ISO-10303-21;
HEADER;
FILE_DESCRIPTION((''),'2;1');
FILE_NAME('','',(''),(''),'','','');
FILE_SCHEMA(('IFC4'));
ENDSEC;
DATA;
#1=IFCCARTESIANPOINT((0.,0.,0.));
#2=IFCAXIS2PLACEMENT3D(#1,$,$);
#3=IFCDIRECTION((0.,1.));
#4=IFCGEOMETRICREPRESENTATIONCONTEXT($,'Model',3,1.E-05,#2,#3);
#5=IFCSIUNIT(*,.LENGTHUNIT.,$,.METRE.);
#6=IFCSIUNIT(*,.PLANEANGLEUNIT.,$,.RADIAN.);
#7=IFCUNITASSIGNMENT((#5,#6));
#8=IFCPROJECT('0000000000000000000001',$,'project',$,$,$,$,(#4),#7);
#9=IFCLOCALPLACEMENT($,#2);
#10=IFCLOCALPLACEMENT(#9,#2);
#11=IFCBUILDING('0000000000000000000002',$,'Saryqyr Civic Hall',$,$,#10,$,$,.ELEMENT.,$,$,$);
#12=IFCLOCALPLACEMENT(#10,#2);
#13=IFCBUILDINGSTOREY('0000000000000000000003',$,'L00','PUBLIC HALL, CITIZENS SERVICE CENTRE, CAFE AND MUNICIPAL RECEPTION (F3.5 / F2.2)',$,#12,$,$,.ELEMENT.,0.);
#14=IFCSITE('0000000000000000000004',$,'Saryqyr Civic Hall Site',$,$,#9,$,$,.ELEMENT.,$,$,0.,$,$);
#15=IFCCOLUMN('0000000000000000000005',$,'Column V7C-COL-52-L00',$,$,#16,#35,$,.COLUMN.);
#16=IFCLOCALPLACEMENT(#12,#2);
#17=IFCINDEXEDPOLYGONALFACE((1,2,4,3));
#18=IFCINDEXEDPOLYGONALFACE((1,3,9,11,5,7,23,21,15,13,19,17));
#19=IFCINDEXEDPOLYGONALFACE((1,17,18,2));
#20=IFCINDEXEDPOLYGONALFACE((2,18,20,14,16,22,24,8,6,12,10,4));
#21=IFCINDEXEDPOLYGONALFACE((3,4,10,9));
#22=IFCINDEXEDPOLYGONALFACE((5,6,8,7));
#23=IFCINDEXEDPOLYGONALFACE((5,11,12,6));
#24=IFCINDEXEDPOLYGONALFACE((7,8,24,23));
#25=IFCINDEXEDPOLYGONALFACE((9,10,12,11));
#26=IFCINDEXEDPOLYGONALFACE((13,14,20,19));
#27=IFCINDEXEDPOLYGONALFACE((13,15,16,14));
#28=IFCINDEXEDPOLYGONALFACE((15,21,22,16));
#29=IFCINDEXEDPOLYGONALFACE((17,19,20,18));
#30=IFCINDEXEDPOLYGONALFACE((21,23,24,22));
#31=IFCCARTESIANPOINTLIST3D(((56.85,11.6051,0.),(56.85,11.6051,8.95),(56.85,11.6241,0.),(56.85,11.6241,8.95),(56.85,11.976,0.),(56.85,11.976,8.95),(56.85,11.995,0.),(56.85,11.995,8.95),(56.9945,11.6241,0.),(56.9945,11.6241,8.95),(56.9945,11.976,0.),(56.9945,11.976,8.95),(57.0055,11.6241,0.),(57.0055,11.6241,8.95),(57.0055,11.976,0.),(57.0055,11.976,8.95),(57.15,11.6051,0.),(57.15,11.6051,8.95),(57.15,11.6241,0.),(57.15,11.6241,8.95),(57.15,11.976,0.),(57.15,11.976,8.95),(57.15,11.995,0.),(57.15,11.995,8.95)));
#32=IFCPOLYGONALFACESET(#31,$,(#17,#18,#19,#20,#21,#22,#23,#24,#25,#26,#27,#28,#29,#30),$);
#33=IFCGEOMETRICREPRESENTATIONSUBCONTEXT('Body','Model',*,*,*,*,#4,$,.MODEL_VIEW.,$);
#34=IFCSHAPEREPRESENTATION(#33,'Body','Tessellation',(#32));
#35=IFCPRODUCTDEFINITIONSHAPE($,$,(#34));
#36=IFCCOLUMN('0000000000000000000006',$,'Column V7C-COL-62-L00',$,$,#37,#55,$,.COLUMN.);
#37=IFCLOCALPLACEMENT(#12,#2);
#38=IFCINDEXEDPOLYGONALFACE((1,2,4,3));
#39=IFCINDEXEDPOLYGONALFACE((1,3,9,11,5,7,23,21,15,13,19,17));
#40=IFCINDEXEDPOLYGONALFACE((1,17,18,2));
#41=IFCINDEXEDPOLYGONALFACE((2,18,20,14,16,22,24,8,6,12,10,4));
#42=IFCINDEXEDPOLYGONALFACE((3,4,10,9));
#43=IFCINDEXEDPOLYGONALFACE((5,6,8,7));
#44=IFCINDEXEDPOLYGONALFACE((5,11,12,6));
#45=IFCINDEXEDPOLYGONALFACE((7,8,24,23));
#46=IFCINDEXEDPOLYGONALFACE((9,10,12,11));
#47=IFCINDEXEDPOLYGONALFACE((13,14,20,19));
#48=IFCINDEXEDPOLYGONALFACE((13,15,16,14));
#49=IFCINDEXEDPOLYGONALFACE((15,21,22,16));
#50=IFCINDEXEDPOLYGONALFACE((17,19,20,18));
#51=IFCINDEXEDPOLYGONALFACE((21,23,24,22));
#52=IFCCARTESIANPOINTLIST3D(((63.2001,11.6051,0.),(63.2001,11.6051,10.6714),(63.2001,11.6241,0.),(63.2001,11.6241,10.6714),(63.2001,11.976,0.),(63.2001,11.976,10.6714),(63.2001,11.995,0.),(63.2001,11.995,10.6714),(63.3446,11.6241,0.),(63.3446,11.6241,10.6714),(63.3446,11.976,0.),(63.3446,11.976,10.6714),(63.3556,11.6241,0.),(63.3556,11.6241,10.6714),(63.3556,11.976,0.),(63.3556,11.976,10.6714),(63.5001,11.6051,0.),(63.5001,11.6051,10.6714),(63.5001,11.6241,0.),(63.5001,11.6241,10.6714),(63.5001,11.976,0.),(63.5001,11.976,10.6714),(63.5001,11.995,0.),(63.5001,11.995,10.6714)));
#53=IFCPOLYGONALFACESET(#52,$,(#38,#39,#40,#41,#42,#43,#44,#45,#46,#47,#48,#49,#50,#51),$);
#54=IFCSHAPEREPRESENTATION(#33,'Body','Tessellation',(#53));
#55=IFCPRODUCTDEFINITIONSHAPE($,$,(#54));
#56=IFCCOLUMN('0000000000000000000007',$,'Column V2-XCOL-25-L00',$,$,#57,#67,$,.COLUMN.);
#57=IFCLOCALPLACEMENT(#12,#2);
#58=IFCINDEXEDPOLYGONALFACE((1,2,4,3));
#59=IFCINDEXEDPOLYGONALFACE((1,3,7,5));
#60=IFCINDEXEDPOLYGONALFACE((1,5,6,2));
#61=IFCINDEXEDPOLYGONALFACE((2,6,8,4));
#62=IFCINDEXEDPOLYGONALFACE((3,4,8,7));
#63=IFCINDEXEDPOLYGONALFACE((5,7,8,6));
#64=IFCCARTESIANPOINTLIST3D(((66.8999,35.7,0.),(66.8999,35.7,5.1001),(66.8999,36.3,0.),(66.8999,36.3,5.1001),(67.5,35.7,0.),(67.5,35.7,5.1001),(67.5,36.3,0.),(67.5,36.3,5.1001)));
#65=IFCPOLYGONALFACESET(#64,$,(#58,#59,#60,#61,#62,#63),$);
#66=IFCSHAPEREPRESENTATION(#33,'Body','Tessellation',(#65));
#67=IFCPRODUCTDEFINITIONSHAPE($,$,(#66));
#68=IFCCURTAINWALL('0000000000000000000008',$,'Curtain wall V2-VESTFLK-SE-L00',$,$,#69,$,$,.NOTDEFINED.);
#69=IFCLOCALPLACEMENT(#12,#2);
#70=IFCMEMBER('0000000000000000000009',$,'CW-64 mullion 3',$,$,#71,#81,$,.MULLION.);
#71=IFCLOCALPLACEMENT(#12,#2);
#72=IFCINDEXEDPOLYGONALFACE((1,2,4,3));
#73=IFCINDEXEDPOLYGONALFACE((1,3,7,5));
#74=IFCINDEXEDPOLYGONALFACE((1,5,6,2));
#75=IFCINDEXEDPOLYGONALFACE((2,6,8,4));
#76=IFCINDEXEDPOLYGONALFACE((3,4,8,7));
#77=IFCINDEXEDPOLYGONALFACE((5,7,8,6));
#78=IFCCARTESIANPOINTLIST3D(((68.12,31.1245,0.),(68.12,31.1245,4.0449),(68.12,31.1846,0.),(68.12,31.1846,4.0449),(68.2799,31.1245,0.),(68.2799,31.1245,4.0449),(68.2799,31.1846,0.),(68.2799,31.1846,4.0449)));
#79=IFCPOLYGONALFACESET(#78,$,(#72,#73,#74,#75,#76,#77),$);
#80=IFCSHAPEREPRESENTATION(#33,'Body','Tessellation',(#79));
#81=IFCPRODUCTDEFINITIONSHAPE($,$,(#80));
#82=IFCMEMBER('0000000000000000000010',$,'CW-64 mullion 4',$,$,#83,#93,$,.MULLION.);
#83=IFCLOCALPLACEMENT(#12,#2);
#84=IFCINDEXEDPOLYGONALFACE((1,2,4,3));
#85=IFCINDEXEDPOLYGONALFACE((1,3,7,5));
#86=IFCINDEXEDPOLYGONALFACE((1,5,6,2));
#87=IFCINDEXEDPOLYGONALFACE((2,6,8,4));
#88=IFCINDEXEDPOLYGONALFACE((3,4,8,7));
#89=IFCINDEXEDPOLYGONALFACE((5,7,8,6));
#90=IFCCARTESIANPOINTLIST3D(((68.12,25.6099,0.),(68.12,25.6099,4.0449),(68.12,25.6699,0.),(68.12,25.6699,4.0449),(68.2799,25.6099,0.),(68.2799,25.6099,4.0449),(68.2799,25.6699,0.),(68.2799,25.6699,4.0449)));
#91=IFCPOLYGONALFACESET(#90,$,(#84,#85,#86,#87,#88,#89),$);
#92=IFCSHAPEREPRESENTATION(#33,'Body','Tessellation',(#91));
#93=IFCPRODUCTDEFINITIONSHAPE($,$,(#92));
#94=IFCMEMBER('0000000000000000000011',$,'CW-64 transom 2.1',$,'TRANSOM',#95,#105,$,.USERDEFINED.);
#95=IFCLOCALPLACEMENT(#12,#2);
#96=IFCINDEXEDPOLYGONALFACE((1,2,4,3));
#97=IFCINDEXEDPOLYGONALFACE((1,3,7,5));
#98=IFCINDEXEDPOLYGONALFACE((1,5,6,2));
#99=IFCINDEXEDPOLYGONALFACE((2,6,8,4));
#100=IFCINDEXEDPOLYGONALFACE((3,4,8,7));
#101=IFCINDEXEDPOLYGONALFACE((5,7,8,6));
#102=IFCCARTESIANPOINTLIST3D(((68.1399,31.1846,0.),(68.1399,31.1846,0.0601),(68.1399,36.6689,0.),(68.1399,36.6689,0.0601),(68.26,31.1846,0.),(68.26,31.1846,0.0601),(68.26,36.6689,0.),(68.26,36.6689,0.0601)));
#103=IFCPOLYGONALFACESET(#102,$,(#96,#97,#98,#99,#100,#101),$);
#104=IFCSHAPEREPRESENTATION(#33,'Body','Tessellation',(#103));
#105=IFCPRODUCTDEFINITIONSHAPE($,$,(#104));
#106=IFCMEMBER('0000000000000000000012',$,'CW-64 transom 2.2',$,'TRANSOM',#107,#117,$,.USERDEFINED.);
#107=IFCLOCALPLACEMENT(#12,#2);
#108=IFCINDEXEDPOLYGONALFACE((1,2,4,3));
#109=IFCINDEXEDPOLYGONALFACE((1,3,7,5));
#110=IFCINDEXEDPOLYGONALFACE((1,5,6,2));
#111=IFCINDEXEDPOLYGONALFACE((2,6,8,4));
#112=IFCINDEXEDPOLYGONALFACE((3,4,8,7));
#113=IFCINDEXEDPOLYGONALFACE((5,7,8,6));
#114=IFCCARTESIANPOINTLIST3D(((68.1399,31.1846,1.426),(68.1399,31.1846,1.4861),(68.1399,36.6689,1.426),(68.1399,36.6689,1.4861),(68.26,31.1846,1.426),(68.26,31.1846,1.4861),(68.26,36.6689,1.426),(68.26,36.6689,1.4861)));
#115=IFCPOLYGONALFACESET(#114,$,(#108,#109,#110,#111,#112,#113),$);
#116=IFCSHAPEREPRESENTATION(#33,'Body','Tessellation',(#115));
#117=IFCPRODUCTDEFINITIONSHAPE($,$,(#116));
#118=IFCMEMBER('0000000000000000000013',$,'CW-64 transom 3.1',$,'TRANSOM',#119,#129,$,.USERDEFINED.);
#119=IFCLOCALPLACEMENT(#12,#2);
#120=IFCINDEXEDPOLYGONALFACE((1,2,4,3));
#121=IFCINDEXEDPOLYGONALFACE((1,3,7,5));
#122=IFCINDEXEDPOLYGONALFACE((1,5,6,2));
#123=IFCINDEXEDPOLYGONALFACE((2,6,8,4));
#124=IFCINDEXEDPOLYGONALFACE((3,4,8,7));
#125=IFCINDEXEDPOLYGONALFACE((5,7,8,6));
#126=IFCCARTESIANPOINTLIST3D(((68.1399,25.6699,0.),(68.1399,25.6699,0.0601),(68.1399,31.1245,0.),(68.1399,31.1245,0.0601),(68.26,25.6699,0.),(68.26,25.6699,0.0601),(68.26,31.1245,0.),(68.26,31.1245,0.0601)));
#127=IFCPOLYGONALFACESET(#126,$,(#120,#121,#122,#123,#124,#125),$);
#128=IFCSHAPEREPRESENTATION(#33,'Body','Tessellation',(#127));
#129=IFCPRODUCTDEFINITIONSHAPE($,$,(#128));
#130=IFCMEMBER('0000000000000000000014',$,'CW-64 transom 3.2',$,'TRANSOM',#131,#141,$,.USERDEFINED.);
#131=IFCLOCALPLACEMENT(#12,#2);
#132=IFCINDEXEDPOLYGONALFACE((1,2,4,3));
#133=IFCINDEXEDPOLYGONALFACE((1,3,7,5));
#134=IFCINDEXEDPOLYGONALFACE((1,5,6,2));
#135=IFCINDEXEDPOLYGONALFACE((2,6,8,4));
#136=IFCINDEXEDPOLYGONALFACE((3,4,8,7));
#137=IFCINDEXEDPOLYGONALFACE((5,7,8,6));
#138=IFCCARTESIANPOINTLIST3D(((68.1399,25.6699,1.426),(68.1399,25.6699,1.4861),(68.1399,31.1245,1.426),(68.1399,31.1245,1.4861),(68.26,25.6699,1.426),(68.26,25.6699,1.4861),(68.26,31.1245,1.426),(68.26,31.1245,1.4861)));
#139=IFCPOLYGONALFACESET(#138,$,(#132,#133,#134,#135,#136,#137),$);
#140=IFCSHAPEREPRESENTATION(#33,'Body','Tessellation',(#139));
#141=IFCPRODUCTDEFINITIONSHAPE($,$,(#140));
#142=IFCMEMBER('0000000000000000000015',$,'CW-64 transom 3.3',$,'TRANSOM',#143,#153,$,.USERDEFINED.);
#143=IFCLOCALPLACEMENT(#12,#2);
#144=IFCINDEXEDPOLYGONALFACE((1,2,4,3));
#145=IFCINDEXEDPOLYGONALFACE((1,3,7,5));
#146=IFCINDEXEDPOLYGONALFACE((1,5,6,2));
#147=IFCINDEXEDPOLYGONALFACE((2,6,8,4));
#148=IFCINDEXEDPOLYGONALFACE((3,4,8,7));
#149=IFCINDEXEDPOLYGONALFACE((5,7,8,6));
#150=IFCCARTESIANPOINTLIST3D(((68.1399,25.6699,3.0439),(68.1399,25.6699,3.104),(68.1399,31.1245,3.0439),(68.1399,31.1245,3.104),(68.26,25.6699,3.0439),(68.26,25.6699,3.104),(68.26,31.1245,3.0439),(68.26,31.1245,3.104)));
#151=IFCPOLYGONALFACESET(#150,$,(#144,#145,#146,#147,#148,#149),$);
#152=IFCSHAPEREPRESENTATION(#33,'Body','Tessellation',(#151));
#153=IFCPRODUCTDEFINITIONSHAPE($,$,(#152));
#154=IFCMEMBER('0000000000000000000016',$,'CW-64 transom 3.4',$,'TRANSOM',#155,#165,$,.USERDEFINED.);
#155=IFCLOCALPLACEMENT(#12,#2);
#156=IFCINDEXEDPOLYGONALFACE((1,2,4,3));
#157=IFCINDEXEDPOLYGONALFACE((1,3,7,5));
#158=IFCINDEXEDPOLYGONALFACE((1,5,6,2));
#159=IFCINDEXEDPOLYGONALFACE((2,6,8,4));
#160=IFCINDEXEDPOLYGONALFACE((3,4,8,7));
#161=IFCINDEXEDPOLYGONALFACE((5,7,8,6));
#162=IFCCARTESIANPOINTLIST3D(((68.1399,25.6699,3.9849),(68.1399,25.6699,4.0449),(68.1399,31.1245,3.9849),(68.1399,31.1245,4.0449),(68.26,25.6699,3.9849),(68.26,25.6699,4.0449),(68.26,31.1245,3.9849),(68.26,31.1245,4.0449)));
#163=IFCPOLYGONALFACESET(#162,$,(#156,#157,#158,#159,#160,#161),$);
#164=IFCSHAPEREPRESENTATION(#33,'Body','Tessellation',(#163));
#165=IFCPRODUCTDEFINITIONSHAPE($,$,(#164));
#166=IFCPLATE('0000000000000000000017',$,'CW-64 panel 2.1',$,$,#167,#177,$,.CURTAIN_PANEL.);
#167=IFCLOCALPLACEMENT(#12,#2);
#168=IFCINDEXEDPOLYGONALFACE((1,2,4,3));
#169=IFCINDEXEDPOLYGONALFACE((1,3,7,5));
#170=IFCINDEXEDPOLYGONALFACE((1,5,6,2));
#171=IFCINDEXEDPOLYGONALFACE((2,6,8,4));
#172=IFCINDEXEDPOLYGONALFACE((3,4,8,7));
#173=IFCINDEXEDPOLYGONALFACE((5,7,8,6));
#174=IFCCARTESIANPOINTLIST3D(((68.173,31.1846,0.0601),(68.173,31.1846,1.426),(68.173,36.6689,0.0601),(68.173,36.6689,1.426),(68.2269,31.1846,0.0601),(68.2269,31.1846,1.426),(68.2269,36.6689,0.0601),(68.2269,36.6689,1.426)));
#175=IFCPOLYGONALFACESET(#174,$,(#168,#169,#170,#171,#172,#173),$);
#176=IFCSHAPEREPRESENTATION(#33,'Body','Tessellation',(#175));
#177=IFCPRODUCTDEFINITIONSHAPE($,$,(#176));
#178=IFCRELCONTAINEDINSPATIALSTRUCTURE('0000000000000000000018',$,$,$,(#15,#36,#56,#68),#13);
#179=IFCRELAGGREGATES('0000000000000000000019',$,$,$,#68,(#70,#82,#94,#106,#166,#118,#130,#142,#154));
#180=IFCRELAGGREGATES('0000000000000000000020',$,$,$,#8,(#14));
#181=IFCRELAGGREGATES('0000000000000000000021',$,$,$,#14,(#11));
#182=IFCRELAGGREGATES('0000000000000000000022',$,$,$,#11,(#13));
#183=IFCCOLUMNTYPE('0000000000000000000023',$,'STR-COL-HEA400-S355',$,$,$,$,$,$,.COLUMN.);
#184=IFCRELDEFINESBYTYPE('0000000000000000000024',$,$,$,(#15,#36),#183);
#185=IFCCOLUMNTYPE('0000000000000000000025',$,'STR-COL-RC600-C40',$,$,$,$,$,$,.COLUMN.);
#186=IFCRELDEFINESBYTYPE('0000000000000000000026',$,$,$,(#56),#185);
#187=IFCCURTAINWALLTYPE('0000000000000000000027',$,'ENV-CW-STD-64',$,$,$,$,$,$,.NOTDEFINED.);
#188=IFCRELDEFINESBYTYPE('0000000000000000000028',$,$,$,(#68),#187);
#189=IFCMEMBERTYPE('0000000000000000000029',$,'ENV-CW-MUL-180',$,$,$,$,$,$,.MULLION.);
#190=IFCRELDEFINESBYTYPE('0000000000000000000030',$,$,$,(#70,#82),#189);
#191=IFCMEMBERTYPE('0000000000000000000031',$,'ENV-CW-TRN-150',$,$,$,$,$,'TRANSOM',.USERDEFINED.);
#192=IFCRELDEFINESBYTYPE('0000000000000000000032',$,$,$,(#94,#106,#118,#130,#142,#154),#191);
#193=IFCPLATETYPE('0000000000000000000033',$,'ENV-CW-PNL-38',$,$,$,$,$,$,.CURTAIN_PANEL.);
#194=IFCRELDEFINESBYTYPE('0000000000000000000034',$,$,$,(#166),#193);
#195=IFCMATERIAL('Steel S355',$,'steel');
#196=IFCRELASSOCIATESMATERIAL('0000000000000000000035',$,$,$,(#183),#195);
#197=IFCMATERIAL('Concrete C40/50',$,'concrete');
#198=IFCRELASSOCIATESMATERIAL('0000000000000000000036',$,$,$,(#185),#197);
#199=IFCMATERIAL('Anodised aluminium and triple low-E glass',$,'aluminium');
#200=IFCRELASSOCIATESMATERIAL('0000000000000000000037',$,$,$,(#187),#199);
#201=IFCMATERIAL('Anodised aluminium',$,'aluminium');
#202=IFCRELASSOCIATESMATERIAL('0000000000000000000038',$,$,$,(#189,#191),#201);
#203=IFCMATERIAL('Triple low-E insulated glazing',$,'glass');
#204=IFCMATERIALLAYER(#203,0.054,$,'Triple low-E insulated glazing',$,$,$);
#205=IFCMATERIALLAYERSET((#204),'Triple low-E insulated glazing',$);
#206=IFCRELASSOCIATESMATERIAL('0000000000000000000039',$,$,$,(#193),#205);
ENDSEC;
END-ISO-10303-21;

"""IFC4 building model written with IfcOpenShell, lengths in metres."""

from ifc_helpers import new_model, si_unit, direction, frame, origin, origin_2d, place, context, subcontext, project, spatial, rectangle, i_section, extrude, material, layer, layer_set, material_profile, profile_set, type_object, element, aggregate, save


model = new_model("IFC4")

# Units and contexts
model_context = context("Model", 3, precision=1e-05, world=origin(), true_north=direction((0.0, 1.0)))
body_context = subcontext(model_context, "Body", "Model", "MODEL_VIEW")
ifc_project = project(units=[si_unit("LENGTHUNIT", "METRE"), si_unit("PLANEANGLEUNIT", "RADIAN")], contexts=[model_context])

# Site, building, storey
site_placement = place(None, origin())
site = spatial("IfcSite", under=ifc_project, at=site_placement, Name="Saryqyr Civic Hall Site", CompositionType="ELEMENT", RefElevation=0.0)
building_placement = place(site_placement, origin())
building = spatial("IfcBuilding", under=site, at=building_placement, Name="Saryqyr Civic Hall", CompositionType="ELEMENT")
storey_placement = place(building_placement, origin())
storey = spatial("IfcBuildingStorey", under=building, at=storey_placement, Name="L00", Description="PUBLIC HALL, CITIZENS SERVICE CENTRE, CAFE AND MUNICIPAL RECEPTION (F3.5 / F2.2)", CompositionType="ELEMENT", Elevation=0.0)

# Columns
ifc_material_1 = material(Name="Steel S355", Category="steel")
ifc_material_profile_1 = material_profile(ifc_material_1, i_section(OverallWidth=0.3, OverallDepth=0.3899, WebThickness=0.011, FlangeThickness=0.019, at=origin_2d()), Name="HEA 400")
ifc_profile_set_1 = profile_set([ifc_material_profile_1], Name="Steel S355")
column_type_1 = type_object("IfcColumnType", Name="STR-COL-HEA400-S355", PredefinedType="COLUMN", material=ifc_profile_set_1)
column_1_placement = place(storey_placement, frame((57.0, 11.8, 0.0), z_axis=(0.0, 0.0, 1.0), x_axis=(1.0, 0.0, 0.0)))
element("IfcColumn", 1, at=column_1_placement, inside=storey, type_object=column_type_1, Name="Column V7C-COL-52-L00", PredefinedType="COLUMN", context=body_context, shape_type="SweptSolid", body=[
    extrude(i_section(OverallWidth=0.3, OverallDepth=0.3899, WebThickness=0.011, FlangeThickness=0.019, at=origin_2d()), origin(), (0.0, 0.0, 1.0), 8.95),
])
column_2_placement = place(storey_placement, frame((63.3501, 11.8, 0.0), z_axis=(0.0, 0.0, 1.0), x_axis=(1.0, 0.0, 0.0)))
element("IfcColumn", 2, at=column_2_placement, inside=storey, type_object=column_type_1, Name="Column V7C-COL-62-L00", PredefinedType="COLUMN", context=body_context, shape_type="SweptSolid", body=[
    extrude(i_section(OverallWidth=0.3, OverallDepth=0.3899, WebThickness=0.011, FlangeThickness=0.019, at=origin_2d()), origin(), (0.0, 0.0, 1.0), 10.6714),
])
ifc_material_2 = material(Name="Concrete C40/50", Category="concrete")
ifc_material_profile_2 = material_profile(ifc_material_2, rectangle(XDim=0.6001, YDim=0.6001, at=origin_2d()), Name="RC 600x600")
ifc_profile_set_2 = profile_set([ifc_material_profile_2], Name="Concrete C40/50")
column_type_2 = type_object("IfcColumnType", Name="STR-COL-RC600-C40", PredefinedType="COLUMN", material=ifc_profile_set_2)
column_3_placement = place(storey_placement, frame((67.2, 36.0, 0.0), z_axis=(0.0, 0.0, 1.0), x_axis=(1.0, 0.0, 0.0)))
element("IfcColumn", 3, at=column_3_placement, inside=storey, type_object=column_type_2, Name="Column V2-XCOL-25-L00", PredefinedType="COLUMN", context=body_context, shape_type="SweptSolid", body=[
    extrude(rectangle(XDim=0.6001, YDim=0.6001, at=origin_2d()), origin(), (0.0, 0.0, 1.0), 5.1001),
])

# Curtain wall, members, plate
ifc_material_3 = material(Name="Anodised aluminium and triple low-E glass", Category="aluminium")
curtain_wall_type = type_object("IfcCurtainWallType", Name="ENV-CW-STD-64", PredefinedType="NOTDEFINED", material=ifc_material_3)
curtain_wall_placement = place(storey_placement, origin())
curtain_wall = element("IfcCurtainWall", 4, at=curtain_wall_placement, inside=storey, type_object=curtain_wall_type, Name="Curtain wall V2-VESTFLK-SE-L00", PredefinedType="NOTDEFINED")
ifc_material_4 = material(Name="Anodised aluminium", Category="aluminium")
ifc_material_profile_3 = material_profile(ifc_material_4, rectangle(XDim=0.0601, YDim=0.1599, at=origin_2d()), Name="ALU MULLION 60x160")
ifc_profile_set_3 = profile_set([ifc_material_profile_3], Name="Anodised aluminium")
member_type_1 = type_object("IfcMemberType", Name="ENV-CW-MUL-180", PredefinedType="MULLION", material=ifc_profile_set_3)
member_1_placement = place(storey_placement, frame((68.2, 31.1545, 0.0), z_axis=(0.0, 0.0, 1.0), x_axis=(0.0, -1.0, 0.0)))
member_1 = element("IfcMember", 5, at=member_1_placement, type_object=member_type_1, Name="CW-64 mullion 3", PredefinedType="MULLION", context=body_context, shape_type="SweptSolid", body=[
    extrude(rectangle(XDim=0.0601, YDim=0.1599, at=origin_2d()), origin(), (0.0, 0.0, 1.0), 4.0449),
])
member_2_placement = place(storey_placement, frame((68.2, 25.6399, 0.0), z_axis=(0.0, 0.0, 1.0), x_axis=(0.0, -1.0, 0.0)))
member_2 = element("IfcMember", 6, at=member_2_placement, type_object=member_type_1, Name="CW-64 mullion 4", PredefinedType="MULLION", context=body_context, shape_type="SweptSolid", body=[
    extrude(rectangle(XDim=0.0601, YDim=0.1599, at=origin_2d()), origin(), (0.0, 0.0, 1.0), 4.0449),
])
ifc_material_profile_4 = material_profile(ifc_material_4, rectangle(XDim=0.1201, YDim=0.0601, at=origin_2d()), Name="ALU TRANSOM 120x60")
ifc_profile_set_4 = profile_set([ifc_material_profile_4], Name="Anodised aluminium")
member_type_2 = type_object("IfcMemberType", Name="ENV-CW-TRN-150", ElementType="TRANSOM", PredefinedType="USERDEFINED", material=ifc_profile_set_4)
member_3_placement = place(storey_placement, frame((68.2, 36.6689, 0.03), z_axis=(0.0, -1.0, 0.0), x_axis=(1.0, 0.0, 0.0)))
member_3 = element("IfcMember", 7, at=member_3_placement, type_object=member_type_2, Name="CW-64 transom 2.1", ObjectType="TRANSOM", PredefinedType="USERDEFINED", context=body_context, shape_type="SweptSolid", body=[
    extrude(rectangle(XDim=0.1201, YDim=0.0601, at=origin_2d()), origin(), (0.0, 0.0, 1.0), 5.4844),
])
member_4_placement = place(storey_placement, frame((68.2, 36.6689, 1.4561), z_axis=(0.0, -1.0, 0.0), x_axis=(1.0, 0.0, 0.0)))
member_4 = element("IfcMember", 8, at=member_4_placement, type_object=member_type_2, Name="CW-64 transom 2.2", ObjectType="TRANSOM", PredefinedType="USERDEFINED", context=body_context, shape_type="SweptSolid", body=[
    extrude(rectangle(XDim=0.1201, YDim=0.0601, at=origin_2d()), origin(), (0.0, 0.0, 1.0), 5.4844),
])
member_5_placement = place(storey_placement, frame((68.2, 31.1245, 0.03), z_axis=(0.0, -1.0, 0.0), x_axis=(1.0, 0.0, 0.0)))
member_5 = element("IfcMember", 9, at=member_5_placement, type_object=member_type_2, Name="CW-64 transom 3.1", ObjectType="TRANSOM", PredefinedType="USERDEFINED", context=body_context, shape_type="SweptSolid", body=[
    extrude(rectangle(XDim=0.1201, YDim=0.0601, at=origin_2d()), origin(), (0.0, 0.0, 1.0), 5.4546),
])
member_6_placement = place(storey_placement, frame((68.2, 31.1245, 1.4561), z_axis=(0.0, -1.0, 0.0), x_axis=(1.0, 0.0, 0.0)))
member_6 = element("IfcMember", 10, at=member_6_placement, type_object=member_type_2, Name="CW-64 transom 3.2", ObjectType="TRANSOM", PredefinedType="USERDEFINED", context=body_context, shape_type="SweptSolid", body=[
    extrude(rectangle(XDim=0.1201, YDim=0.0601, at=origin_2d()), origin(), (0.0, 0.0, 1.0), 5.4546),
])
member_7_placement = place(storey_placement, frame((68.2, 31.1245, 3.074), z_axis=(0.0, -1.0, 0.0), x_axis=(1.0, 0.0, 0.0)))
member_7 = element("IfcMember", 11, at=member_7_placement, type_object=member_type_2, Name="CW-64 transom 3.3", ObjectType="TRANSOM", PredefinedType="USERDEFINED", context=body_context, shape_type="SweptSolid", body=[
    extrude(rectangle(XDim=0.1201, YDim=0.0601, at=origin_2d()), origin(), (0.0, 0.0, 1.0), 5.4546),
])
member_8_placement = place(storey_placement, frame((68.2, 31.1245, 4.0149), z_axis=(0.0, -1.0, 0.0), x_axis=(1.0, 0.0, 0.0)))
member_8 = element("IfcMember", 12, at=member_8_placement, type_object=member_type_2, Name="CW-64 transom 3.4", ObjectType="TRANSOM", PredefinedType="USERDEFINED", context=body_context, shape_type="SweptSolid", body=[
    extrude(rectangle(XDim=0.1201, YDim=0.0601, at=origin_2d()), origin(), (0.0, 0.0, 1.0), 5.4546),
])
ifc_material_5 = material(Name="Triple low-E insulated glazing", Category="glass")
ifc_layer_1 = layer(ifc_material_5, 0.054, Name="Triple low-E insulated glazing")
ifc_layer_set_1 = layer_set([ifc_layer_1], Name="Triple low-E insulated glazing")
plate_type = type_object("IfcPlateType", Name="ENV-CW-PNL-38", PredefinedType="CURTAIN_PANEL", material=ifc_layer_set_1)
plate_1_placement = place(storey_placement, frame((68.2, 33.9268, 0.0601), z_axis=(0.0, 0.0, 1.0), x_axis=(0.0, -1.0, 0.0)))
plate_1 = element("IfcPlate", 13, at=plate_1_placement, type_object=plate_type, Name="CW-64 panel 2.1", PredefinedType="CURTAIN_PANEL", context=body_context, shape_type="SweptSolid", body=[
    extrude(rectangle(XDim=5.4844, YDim=0.054, at=origin_2d()), origin(), (0.0, 0.0, 1.0), 1.366),
])
aggregate(curtain_wall, [member_1, member_2, member_3, member_4, plate_1, member_5, member_6, member_7, member_8])

save(model, "model.ifc")
